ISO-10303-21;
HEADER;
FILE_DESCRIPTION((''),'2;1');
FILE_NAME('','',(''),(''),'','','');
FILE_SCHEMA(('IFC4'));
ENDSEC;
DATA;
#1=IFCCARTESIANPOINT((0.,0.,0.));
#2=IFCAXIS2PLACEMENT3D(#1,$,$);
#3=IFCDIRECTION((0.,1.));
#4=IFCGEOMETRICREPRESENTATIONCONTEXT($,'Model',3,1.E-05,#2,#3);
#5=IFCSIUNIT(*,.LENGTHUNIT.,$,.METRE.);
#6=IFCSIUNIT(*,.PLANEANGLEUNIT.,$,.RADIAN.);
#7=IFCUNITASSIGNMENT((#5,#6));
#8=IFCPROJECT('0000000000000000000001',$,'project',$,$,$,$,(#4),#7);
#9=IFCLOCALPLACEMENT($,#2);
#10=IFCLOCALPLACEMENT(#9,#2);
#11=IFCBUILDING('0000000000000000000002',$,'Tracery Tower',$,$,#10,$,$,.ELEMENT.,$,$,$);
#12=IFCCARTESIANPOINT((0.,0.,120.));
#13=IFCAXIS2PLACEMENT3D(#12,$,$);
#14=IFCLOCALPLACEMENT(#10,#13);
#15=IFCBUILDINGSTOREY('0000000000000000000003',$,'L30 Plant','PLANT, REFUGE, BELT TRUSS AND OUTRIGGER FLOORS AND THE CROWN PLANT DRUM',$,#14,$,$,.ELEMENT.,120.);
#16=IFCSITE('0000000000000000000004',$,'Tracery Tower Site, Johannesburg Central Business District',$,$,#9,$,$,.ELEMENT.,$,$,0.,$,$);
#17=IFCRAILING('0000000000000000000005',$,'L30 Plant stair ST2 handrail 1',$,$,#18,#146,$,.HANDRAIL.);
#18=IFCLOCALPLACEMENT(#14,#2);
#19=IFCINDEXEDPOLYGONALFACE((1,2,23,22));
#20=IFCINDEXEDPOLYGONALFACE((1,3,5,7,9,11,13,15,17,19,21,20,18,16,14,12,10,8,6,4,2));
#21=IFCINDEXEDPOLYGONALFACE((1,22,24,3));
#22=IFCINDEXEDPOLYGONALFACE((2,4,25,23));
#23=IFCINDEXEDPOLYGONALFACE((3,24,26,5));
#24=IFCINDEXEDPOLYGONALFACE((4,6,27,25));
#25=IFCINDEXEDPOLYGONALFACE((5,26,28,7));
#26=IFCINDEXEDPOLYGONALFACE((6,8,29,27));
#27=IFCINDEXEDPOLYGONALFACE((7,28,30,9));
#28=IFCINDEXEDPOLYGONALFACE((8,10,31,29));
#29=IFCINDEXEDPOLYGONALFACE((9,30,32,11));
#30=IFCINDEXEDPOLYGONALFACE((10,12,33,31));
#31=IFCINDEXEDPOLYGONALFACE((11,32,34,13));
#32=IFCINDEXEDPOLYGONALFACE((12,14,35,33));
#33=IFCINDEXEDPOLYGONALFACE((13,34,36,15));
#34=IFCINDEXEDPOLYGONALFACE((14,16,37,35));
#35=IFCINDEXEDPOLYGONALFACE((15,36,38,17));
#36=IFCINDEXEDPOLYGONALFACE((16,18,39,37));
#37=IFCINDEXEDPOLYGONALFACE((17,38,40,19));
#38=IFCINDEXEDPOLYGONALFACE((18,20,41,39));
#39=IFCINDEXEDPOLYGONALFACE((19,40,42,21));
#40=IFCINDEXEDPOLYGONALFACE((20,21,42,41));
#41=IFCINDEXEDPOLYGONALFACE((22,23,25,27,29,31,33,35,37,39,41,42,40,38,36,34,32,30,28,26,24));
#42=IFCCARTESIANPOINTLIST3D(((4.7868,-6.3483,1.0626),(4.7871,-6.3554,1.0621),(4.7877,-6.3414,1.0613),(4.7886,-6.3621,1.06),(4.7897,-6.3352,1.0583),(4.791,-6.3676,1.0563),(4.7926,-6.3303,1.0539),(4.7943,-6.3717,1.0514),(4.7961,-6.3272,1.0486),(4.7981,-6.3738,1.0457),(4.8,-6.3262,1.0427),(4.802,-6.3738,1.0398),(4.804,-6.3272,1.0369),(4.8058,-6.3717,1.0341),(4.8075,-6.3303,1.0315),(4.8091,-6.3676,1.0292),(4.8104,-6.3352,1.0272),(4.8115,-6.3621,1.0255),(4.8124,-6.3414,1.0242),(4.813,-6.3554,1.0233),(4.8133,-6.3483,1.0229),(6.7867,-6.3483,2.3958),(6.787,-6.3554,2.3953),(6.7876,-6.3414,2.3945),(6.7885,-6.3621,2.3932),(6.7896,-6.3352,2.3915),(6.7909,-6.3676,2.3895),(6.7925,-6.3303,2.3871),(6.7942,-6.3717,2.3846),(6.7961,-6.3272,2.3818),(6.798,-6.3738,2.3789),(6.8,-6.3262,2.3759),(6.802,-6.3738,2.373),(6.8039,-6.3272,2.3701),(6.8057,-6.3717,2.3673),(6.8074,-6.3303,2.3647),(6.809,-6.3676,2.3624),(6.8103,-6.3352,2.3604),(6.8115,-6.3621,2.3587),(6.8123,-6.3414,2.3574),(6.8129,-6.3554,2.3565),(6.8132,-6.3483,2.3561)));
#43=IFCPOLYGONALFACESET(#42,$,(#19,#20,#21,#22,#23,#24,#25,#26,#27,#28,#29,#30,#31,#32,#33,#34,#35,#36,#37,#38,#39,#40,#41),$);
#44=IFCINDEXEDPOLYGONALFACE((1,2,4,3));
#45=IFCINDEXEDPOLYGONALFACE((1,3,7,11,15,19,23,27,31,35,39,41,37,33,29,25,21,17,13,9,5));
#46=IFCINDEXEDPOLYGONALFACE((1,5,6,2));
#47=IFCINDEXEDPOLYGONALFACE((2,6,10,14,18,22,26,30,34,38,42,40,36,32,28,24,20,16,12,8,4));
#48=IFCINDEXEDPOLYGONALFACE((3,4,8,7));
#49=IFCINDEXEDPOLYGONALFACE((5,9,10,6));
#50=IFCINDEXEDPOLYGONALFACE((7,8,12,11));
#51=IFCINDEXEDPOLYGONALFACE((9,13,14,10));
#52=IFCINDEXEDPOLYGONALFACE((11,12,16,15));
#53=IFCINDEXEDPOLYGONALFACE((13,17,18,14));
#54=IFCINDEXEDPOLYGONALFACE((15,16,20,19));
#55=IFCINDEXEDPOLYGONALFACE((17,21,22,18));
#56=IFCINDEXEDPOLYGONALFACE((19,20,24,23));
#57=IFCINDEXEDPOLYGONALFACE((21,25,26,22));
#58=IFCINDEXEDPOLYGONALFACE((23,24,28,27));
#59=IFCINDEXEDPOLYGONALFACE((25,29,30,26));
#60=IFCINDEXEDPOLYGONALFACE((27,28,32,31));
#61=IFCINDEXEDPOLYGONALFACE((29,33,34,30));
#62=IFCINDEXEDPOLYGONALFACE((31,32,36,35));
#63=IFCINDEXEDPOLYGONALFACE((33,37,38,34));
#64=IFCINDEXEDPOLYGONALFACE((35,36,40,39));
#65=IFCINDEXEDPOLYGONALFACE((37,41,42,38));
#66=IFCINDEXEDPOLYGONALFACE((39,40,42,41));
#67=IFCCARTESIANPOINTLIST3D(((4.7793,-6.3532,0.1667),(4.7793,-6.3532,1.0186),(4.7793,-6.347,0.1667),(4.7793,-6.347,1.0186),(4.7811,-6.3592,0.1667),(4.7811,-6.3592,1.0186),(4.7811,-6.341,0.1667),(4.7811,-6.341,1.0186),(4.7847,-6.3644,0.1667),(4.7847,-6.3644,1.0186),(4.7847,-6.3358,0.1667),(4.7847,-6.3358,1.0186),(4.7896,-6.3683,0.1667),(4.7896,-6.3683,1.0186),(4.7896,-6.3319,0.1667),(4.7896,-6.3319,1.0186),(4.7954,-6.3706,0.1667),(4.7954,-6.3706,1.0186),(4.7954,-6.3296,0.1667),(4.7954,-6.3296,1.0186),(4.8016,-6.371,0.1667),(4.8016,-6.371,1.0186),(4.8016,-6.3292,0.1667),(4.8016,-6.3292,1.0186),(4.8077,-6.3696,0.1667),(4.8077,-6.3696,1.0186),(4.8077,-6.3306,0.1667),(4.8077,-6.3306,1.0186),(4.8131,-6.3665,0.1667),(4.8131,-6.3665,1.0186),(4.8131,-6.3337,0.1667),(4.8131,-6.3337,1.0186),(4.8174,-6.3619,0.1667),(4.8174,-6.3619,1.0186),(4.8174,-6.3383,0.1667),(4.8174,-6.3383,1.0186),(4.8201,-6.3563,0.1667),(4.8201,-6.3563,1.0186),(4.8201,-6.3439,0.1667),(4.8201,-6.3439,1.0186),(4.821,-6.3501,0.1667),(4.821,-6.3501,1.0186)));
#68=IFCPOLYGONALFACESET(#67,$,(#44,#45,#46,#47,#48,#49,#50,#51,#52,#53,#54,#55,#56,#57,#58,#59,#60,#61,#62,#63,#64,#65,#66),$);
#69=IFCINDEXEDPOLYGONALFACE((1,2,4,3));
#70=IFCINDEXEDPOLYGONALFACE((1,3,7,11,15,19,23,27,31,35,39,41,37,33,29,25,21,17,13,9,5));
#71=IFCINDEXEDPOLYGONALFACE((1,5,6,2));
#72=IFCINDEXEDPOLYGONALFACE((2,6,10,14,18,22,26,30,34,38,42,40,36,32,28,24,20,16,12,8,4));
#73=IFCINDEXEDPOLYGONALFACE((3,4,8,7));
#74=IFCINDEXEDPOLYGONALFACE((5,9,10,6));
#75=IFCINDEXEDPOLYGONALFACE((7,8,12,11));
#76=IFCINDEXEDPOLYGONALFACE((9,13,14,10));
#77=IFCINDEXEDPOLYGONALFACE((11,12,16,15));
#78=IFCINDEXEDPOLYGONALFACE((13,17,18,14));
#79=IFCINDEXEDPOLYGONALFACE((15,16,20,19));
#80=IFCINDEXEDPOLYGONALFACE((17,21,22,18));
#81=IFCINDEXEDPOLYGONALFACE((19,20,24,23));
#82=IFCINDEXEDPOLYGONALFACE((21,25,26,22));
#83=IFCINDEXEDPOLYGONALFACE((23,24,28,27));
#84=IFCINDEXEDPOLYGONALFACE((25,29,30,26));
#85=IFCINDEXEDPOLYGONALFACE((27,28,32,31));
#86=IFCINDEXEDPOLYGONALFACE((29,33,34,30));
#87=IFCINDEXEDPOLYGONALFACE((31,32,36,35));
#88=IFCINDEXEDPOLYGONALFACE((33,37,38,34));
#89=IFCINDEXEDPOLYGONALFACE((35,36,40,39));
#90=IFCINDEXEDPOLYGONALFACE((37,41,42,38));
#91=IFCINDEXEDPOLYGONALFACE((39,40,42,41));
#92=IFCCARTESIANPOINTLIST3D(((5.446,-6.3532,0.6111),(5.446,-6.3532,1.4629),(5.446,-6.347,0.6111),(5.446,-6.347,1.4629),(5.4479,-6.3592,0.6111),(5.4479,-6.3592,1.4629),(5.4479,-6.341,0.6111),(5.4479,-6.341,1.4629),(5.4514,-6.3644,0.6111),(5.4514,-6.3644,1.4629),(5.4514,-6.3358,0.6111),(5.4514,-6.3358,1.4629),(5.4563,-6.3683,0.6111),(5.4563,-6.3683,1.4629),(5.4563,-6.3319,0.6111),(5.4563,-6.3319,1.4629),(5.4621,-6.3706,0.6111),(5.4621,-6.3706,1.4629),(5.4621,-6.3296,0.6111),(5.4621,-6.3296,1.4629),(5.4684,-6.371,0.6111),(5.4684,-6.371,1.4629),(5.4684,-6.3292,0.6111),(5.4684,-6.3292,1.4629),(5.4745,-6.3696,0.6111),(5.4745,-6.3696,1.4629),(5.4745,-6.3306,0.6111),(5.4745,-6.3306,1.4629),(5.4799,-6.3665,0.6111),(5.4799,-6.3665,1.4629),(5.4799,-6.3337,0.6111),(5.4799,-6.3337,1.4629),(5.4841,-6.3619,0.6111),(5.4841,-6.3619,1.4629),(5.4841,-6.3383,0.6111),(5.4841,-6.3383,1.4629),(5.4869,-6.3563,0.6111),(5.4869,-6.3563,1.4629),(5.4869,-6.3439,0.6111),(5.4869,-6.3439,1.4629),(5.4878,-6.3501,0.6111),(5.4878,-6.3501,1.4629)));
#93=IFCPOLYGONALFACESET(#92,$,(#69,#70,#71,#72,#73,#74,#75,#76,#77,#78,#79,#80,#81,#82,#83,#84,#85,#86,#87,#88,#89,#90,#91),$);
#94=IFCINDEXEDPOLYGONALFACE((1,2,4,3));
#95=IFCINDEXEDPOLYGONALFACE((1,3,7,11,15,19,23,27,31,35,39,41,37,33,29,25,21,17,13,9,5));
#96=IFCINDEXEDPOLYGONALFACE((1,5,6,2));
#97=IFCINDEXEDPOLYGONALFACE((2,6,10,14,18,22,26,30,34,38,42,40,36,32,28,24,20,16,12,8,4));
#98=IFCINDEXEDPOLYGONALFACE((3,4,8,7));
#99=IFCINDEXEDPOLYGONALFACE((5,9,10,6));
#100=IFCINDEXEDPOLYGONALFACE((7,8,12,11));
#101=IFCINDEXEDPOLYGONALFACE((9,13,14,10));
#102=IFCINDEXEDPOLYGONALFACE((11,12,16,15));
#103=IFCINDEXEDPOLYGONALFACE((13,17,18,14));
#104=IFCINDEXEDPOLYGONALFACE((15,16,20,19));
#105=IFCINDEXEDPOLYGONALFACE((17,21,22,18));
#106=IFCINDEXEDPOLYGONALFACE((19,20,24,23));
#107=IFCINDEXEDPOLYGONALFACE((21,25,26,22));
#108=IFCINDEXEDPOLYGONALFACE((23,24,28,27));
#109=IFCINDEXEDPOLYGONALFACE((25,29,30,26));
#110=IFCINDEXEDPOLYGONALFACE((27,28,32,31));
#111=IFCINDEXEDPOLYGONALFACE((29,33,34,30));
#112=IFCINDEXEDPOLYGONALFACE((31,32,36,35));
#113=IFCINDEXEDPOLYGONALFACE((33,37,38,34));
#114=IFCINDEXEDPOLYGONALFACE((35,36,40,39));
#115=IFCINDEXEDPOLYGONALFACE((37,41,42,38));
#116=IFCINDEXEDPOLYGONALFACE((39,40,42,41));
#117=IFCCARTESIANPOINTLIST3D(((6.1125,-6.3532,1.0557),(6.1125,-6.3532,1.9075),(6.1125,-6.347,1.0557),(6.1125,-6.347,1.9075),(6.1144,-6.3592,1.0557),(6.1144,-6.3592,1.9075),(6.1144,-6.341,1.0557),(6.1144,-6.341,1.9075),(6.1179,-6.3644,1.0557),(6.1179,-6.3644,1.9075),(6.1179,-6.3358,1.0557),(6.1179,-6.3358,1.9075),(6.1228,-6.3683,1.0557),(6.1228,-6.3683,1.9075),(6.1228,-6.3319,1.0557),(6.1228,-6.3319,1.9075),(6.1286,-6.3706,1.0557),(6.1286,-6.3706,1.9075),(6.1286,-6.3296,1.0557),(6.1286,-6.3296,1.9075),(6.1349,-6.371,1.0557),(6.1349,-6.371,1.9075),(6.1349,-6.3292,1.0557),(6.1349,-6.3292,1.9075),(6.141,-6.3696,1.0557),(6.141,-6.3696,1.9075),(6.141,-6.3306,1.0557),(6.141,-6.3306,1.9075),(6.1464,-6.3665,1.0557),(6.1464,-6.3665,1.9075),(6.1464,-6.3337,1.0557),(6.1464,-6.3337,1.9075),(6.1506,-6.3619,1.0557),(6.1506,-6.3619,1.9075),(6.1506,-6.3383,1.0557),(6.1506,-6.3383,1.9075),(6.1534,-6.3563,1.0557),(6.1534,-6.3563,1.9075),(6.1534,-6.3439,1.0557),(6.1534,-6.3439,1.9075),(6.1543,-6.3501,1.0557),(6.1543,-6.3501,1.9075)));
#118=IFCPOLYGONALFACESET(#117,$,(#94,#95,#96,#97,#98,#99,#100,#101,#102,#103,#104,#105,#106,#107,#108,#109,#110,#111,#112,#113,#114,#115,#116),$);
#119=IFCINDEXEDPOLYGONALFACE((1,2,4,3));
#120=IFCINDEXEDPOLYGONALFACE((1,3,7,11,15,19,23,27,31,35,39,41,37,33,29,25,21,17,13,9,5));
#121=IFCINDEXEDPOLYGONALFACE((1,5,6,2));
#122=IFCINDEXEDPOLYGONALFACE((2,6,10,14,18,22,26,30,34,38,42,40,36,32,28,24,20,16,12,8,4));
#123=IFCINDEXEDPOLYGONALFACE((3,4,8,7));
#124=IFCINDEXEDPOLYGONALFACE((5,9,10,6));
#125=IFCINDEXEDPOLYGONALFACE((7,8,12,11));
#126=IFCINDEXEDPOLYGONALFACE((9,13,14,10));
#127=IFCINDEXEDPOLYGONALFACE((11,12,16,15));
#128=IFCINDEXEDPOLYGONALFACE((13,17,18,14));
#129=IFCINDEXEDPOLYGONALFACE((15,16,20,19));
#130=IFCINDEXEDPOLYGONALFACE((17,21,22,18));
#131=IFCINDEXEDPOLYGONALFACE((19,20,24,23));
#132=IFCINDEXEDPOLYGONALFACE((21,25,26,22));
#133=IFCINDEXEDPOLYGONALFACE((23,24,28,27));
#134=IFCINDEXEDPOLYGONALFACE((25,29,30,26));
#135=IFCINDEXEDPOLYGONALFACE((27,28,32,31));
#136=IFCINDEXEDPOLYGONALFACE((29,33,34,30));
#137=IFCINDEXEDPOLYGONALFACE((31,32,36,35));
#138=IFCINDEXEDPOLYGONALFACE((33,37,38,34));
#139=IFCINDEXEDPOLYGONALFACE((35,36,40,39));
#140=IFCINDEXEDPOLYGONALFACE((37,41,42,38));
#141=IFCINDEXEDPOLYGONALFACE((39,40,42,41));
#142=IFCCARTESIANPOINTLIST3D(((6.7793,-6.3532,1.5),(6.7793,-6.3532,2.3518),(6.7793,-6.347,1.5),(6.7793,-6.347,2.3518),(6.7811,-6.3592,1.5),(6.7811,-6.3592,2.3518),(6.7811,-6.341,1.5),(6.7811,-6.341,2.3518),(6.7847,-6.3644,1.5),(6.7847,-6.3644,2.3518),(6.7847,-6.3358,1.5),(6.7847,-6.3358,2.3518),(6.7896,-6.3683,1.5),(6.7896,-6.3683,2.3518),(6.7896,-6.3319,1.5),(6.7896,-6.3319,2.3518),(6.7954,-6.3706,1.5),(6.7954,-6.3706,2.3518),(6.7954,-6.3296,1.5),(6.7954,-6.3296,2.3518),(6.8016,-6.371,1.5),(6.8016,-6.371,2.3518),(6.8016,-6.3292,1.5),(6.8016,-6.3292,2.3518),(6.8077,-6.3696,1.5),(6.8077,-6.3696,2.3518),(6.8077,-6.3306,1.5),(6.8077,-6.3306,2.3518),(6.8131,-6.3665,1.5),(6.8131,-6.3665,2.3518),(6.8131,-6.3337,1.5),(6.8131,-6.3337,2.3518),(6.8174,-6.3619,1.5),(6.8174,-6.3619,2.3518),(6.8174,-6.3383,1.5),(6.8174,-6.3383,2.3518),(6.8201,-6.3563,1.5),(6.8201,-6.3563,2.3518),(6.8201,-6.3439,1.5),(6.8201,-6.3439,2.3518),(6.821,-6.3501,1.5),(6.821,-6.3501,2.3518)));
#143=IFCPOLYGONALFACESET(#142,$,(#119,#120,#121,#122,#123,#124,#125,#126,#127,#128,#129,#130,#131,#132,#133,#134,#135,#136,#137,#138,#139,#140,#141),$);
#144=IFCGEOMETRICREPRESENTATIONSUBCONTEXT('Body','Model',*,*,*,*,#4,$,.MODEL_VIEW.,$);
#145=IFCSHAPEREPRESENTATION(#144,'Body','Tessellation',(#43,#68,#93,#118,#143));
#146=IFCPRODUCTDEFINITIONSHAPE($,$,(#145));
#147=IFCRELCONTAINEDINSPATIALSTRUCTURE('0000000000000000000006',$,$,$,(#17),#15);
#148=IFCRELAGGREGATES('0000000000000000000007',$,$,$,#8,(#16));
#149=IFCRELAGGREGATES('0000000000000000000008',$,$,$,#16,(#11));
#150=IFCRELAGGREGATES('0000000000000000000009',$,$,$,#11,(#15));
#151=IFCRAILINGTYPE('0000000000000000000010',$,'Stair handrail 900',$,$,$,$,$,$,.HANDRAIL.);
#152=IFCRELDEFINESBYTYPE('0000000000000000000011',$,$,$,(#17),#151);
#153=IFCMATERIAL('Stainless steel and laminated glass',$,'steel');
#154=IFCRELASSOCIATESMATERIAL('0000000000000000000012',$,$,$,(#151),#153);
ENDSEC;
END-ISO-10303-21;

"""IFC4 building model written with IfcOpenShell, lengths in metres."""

from ifc_helpers import new_model, si_unit, direction, frame, origin, origin_2d, place, context, subcontext, project, spatial, circle, extrude, material, type_object, element, save


model = new_model("IFC4")

# Units and contexts
model_context = context("Model", 3, precision=1e-05, world=origin(), true_north=direction((0.0, 1.0)))
body_context = subcontext(model_context, "Body", "Model", "MODEL_VIEW")
ifc_project = project(units=[si_unit("LENGTHUNIT", "METRE"), si_unit("PLANEANGLEUNIT", "RADIAN")], contexts=[model_context])

# Site, building, storey
site_placement = place(None, origin())
site = spatial("IfcSite", under=ifc_project, at=site_placement, Name="Tracery Tower Site, Johannesburg Central Business District", CompositionType="ELEMENT", RefElevation=0.0)
building_placement = place(site_placement, origin())
building = spatial("IfcBuilding", under=site, at=building_placement, Name="Tracery Tower", CompositionType="ELEMENT")
storey_placement = place(building_placement, frame((0.0, 0.0, 120.0)))
storey = spatial("IfcBuildingStorey", under=building, at=storey_placement, Name="L30 Plant", Description="PLANT, REFUGE, BELT TRUSS AND OUTRIGGER FLOORS AND THE CROWN PLANT DRUM", CompositionType="ELEMENT", Elevation=120.0)

# Railing
ifc_material_1 = material(Name="Stainless steel and laminated glass", Category="steel")
railing_type_1 = type_object("IfcRailingType", Name="Stair handrail 900", PredefinedType="HANDRAIL", material=ifc_material_1)
railing_1_placement = place(storey_placement, frame((4.8, -6.3501, 0.1667)))
element("IfcRailing", 1, at=railing_1_placement, inside=storey, type_object=railing_type_1, Name="L30 Plant stair ST2 handrail 1", PredefinedType="HANDRAIL", context=body_context, shape_type="SweptSolid", body=[
    extrude(circle(Radius=0.0239, at=origin_2d()), frame((0.0, 0.0, 0.876), z_axis=(0.832066, 0.0, 0.554677), x_axis=(0.0, 1.0, 0.0)), (0.0, 0.0, 1.0), 2.4036),
    extrude(circle(Radius=0.021, at=origin_2d()), origin(), (0.0, 0.0, 1.0), 0.8518),
    extrude(circle(Radius=0.021, at=origin_2d()), frame((0.6667, 0.0, 0.4443)), (0.0, 0.0, 1.0), 0.8518),
    extrude(circle(Radius=0.021, at=origin_2d()), frame((1.3333, 0.0, 0.8889)), (0.0, 0.0, 1.0), 0.8518),
    extrude(circle(Radius=0.021, at=origin_2d()), frame((2.0, 0.0, 1.3333)), (0.0, 0.0, 1.0), 0.8518),
])

save(model, "model.ifc")
